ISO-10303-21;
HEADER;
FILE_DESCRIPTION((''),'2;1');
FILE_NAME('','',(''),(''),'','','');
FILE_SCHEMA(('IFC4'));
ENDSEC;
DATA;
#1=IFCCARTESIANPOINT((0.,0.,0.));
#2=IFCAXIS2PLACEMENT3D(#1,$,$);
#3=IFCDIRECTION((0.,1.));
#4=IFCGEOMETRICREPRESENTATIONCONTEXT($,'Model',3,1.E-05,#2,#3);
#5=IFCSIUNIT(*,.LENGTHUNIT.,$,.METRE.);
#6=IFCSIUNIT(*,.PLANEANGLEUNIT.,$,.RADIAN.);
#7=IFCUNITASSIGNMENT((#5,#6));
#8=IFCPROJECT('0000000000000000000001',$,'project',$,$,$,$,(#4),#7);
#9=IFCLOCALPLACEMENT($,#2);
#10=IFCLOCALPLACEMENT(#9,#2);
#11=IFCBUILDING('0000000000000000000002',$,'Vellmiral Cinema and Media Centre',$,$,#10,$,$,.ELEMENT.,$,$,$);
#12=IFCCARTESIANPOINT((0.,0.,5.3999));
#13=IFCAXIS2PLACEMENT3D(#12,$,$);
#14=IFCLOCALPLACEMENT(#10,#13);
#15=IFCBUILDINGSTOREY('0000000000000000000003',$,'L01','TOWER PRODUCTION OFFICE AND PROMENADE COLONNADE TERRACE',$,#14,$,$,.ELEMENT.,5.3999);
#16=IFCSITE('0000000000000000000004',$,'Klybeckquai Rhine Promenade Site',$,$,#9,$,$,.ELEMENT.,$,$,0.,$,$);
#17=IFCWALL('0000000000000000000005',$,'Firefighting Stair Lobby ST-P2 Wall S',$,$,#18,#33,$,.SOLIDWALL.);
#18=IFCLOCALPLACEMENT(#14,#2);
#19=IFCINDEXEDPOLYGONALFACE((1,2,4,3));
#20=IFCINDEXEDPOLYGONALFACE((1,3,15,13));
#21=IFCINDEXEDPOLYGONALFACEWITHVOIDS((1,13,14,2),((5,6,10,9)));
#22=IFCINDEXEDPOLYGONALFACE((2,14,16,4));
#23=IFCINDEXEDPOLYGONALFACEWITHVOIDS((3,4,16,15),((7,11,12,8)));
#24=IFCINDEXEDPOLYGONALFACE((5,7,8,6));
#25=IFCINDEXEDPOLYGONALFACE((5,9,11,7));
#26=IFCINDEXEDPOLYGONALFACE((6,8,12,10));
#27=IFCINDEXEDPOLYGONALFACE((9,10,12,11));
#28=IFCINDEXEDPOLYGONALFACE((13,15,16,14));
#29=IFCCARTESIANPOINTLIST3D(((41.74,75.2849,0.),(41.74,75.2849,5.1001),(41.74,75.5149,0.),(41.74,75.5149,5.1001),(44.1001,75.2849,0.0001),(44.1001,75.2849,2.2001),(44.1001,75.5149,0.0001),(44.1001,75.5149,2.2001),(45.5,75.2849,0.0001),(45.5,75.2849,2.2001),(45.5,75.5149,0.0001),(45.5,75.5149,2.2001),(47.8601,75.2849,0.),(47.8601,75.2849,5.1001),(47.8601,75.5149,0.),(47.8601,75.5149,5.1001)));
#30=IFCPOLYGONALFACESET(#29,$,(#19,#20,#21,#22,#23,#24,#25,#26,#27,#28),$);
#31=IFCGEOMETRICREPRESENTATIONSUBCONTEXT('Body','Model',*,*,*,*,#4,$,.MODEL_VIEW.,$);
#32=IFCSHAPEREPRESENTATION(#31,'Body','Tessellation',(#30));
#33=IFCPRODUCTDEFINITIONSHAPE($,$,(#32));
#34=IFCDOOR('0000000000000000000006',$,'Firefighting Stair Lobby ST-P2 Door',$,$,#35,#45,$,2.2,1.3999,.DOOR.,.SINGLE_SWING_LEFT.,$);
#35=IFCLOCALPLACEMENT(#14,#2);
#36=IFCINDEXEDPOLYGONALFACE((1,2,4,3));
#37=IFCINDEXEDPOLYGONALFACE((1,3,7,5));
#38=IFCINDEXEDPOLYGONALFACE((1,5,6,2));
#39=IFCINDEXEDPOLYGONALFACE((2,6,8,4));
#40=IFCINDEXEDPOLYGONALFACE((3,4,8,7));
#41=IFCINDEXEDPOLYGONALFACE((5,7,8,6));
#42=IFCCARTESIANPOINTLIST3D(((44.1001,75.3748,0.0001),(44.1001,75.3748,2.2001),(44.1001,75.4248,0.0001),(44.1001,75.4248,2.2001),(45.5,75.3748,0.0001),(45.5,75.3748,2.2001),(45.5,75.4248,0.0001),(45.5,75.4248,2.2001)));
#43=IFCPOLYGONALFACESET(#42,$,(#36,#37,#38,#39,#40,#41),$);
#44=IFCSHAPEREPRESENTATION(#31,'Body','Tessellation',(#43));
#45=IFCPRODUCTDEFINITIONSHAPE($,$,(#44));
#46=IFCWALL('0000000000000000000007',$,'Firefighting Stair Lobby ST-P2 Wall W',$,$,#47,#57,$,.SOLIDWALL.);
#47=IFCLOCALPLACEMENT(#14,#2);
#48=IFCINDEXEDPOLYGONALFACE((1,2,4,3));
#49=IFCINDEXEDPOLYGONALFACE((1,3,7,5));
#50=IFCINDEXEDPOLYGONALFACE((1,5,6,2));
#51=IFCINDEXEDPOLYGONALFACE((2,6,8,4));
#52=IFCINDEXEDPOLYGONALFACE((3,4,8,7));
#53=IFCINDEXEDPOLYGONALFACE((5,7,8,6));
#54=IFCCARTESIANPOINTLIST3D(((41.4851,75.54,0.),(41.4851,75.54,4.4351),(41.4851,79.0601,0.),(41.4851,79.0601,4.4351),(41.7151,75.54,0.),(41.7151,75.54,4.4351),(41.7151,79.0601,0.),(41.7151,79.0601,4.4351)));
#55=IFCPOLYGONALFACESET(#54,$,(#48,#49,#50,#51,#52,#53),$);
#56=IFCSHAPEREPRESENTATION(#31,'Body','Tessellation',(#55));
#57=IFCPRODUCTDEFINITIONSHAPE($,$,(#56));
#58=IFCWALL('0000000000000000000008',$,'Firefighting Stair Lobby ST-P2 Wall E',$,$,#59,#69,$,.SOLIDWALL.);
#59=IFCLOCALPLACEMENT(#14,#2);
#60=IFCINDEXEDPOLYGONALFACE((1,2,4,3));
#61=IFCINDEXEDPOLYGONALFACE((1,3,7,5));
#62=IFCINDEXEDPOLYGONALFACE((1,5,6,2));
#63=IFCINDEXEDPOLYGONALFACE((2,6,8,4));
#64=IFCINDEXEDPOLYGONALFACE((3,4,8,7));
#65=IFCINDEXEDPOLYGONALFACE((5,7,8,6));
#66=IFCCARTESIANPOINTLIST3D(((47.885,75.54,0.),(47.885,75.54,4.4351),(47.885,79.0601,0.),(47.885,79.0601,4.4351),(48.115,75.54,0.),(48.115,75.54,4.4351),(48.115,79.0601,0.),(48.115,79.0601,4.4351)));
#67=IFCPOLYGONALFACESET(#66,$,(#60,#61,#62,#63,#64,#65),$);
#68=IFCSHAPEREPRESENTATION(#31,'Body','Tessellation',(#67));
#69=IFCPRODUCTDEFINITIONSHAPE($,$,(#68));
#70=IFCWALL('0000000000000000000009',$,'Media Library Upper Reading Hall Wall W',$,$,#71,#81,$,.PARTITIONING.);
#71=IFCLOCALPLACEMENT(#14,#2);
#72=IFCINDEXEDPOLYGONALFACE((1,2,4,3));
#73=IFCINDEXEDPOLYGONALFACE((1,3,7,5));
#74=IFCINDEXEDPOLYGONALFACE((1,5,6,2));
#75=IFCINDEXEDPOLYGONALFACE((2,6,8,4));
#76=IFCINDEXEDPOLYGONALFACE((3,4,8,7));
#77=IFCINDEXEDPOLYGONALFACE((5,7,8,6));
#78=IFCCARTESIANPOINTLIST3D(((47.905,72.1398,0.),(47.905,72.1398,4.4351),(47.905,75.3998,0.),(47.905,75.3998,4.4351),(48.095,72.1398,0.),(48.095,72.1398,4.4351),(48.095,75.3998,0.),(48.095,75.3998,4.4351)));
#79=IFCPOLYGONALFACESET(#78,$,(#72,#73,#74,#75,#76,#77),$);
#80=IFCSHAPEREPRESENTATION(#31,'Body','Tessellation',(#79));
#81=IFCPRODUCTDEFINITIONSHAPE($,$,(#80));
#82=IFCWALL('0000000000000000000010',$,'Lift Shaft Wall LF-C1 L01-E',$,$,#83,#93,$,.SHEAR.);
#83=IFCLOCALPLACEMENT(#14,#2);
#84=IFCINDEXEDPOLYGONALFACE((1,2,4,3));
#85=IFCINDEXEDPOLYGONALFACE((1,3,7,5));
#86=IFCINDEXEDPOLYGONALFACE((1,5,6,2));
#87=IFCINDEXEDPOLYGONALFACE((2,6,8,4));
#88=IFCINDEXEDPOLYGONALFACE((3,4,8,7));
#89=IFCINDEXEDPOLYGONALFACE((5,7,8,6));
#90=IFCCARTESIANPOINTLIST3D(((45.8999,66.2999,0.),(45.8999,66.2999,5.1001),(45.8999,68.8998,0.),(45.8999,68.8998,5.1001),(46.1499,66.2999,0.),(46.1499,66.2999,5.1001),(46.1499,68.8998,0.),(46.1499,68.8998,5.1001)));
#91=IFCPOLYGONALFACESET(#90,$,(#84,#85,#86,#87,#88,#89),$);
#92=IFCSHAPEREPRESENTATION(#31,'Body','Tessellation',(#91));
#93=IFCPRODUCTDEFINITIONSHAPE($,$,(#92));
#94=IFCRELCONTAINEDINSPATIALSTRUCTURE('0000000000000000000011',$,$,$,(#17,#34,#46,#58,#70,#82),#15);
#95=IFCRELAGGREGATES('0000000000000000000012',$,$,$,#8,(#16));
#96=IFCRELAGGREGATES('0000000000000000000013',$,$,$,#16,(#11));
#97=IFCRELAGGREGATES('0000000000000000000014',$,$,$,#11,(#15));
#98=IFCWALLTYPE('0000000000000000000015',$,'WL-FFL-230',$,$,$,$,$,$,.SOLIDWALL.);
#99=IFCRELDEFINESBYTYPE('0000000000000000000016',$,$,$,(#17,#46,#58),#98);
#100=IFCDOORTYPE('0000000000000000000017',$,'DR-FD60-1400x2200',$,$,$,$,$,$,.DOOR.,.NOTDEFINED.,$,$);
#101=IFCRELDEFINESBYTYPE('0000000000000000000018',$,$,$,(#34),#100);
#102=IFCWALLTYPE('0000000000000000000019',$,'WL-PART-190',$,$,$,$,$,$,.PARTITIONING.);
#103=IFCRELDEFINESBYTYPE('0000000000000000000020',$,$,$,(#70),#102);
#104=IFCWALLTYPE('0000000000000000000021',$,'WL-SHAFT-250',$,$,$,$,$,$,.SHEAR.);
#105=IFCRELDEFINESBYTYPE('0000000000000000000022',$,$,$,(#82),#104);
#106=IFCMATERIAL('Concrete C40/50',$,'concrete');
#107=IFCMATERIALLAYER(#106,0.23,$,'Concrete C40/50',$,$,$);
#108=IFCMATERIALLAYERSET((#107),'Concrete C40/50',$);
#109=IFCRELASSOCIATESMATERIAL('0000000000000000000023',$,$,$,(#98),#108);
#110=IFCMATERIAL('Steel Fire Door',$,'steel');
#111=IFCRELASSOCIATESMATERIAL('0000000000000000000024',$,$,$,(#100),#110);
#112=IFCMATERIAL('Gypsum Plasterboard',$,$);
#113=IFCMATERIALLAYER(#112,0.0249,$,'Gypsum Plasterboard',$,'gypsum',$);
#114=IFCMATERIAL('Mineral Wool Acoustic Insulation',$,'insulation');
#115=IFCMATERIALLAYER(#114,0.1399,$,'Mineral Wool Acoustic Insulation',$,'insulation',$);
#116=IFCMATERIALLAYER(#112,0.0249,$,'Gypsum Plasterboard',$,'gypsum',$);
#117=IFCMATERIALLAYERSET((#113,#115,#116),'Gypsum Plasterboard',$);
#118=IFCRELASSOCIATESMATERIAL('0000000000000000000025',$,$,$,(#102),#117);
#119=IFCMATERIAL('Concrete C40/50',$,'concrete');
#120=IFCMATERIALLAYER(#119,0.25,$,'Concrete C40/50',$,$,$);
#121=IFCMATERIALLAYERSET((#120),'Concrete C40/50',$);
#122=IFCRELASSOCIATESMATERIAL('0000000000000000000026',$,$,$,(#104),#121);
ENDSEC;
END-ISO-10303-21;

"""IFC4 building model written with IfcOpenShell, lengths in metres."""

from ifc_helpers import new_model, si_unit, direction, frame, frame_2d, origin, place, context, subcontext, project, spatial, rectangle, extrude, material, layer, layer_set, type_object, element, fill, save


model = new_model("IFC4")

# Units and contexts
model_context = context("Model", 3, precision=1e-05, world=origin(), true_north=direction((0.0, 1.0)))
body_context = subcontext(model_context, "Body", "Model", "MODEL_VIEW")
ifc_project = project(units=[si_unit("LENGTHUNIT", "METRE"), si_unit("PLANEANGLEUNIT", "RADIAN")], contexts=[model_context])

# Site, building, storey
site_placement = place(None, origin())
site = spatial("IfcSite", under=ifc_project, at=site_placement, Name="Klybeckquai Rhine Promenade Site", CompositionType="ELEMENT", RefElevation=0.0)
building_placement = place(site_placement, origin())
building = spatial("IfcBuilding", under=site, at=building_placement, Name="Vellmiral Cinema and Media Centre", CompositionType="ELEMENT")
storey_placement = place(building_placement, frame((0.0, 0.0, 5.3999)))
storey = spatial("IfcBuildingStorey", under=building, at=storey_placement, Name="L01", Description="TOWER PRODUCTION OFFICE AND PROMENADE COLONNADE TERRACE", CompositionType="ELEMENT", Elevation=5.3999)

# Wall, opening, door
ifc_material_1 = material(Name="Concrete C40/50", Category="concrete")
ifc_layer_1 = layer(ifc_material_1, 0.23, Name="Concrete C40/50")
ifc_layer_set_1 = layer_set([ifc_layer_1], Name="Concrete C40/50")
wall_type_1 = type_object("IfcWallType", Name="WL-FFL-230", PredefinedType="SOLIDWALL", material=ifc_layer_set_1)
wall_1_placement = place(storey_placement, frame((41.74, 75.3999, 0.0), z_axis=(0.0, 0.0, 1.0), x_axis=(1.0, 0.0, 0.0)))
wall_1 = element("IfcWall", 1, at=wall_1_placement, inside=storey, type_object=wall_type_1, Name="Firefighting Stair Lobby ST-P2 Wall S", PredefinedType="SOLIDWALL", context=body_context, shape_type="SweptSolid", body=[
    extrude(rectangle(XDim=6.1201, YDim=0.23, at=frame_2d((3.0601, 0.0))), origin(), (0.0, 0.0, 1.0), 5.1001),
])
opening_1_placement = place(wall_1_placement, frame((2.3601, 0.0, 0.0)))
opening_1 = element("IfcOpeningElement", 2, at=opening_1_placement, cuts=wall_1, PredefinedType="OPENING", context=body_context, shape_type="SweptSolid", body=[
    extrude(rectangle(XDim=1.3999, YDim=2.2, at=frame_2d((0.7, 1.1001))), frame((0.0, 0.127, 0.0), z_axis=(0.0, -1.0, 0.0), x_axis=(1.0, 0.0, 0.0)), (0.0, 0.0, 1.0), 0.2539),
])
ifc_material_2 = material(Name="Steel Fire Door", Category="steel")
door_type_1 = type_object("IfcDoorType", Name="DR-FD60-1400x2200", OperationType="NOTDEFINED", PredefinedType="DOOR", material=ifc_material_2)
door_1_placement = place(opening_1_placement, origin())
door_1 = element("IfcDoor", 3, at=door_1_placement, inside=storey, type_object=door_type_1, Name="Firefighting Stair Lobby ST-P2 Door", OperationType="SINGLE_SWING_LEFT", OverallHeight=2.2, OverallWidth=1.3999, PredefinedType="DOOR", context=body_context, shape_type="SweptSolid", body=[
    extrude(rectangle(XDim=1.3999, YDim=2.2, at=frame_2d((0.7, 1.1001))), frame((0.0, 0.0249, 0.0), z_axis=(0.0, -1.0, 0.0), x_axis=(1.0, 0.0, 0.0)), (0.0, 0.0, 1.0), 0.05),
])
fill(opening_1, door_1)

# Walls
for number, where, z_axis, x_axis, name in (
    (4, (41.6001, 75.54, 0.0), (0.0, 0.0, 1.0), (0.0, 1.0, 0.0), "Firefighting Stair Lobby ST-P2 Wall W"),
    (5, (48.0, 75.54, 0.0), (0.0, 0.0, 1.0), (0.0, 1.0, 0.0), "Firefighting Stair Lobby ST-P2 Wall E"),
):
    element("IfcWall", number, at=place(storey_placement, frame(where, z_axis=z_axis, x_axis=x_axis)), inside=storey, type_object=wall_type_1, Name=name, PredefinedType="SOLIDWALL", context=body_context, shape_type="SweptSolid", body=[
        extrude(rectangle(XDim=3.52, YDim=0.23, at=frame_2d((1.76, 0.0))), origin(), (0.0, 0.0, 1.0), 4.4351),
    ])
ifc_material_3 = material(Name="Gypsum Plasterboard")
ifc_layer_2 = layer(ifc_material_3, 0.0249, Name="Gypsum Plasterboard", Category="gypsum")
ifc_material_4 = material(Name="Mineral Wool Acoustic Insulation", Category="insulation")
ifc_layer_3 = layer(ifc_material_4, 0.1399, Name="Mineral Wool Acoustic Insulation", Category="insulation")
ifc_layer_4 = layer(ifc_material_3, 0.0249, Name="Gypsum Plasterboard", Category="gypsum")
ifc_layer_set_2 = layer_set([ifc_layer_2, ifc_layer_3, ifc_layer_4], Name="Gypsum Plasterboard")
wall_type_2 = type_object("IfcWallType", Name="WL-PART-190", PredefinedType="PARTITIONING", material=ifc_layer_set_2)
wall_2_placement = place(storey_placement, frame((48.0, 72.1399, 0.0), z_axis=(0.0, 0.0, 1.0), x_axis=(0.0, 1.0, 0.0)))
element("IfcWall", 6, at=wall_2_placement, inside=storey, type_object=wall_type_2, Name="Media Library Upper Reading Hall Wall W", PredefinedType="PARTITIONING", context=body_context, shape_type="SweptSolid", body=[
    extrude(rectangle(XDim=3.26, YDim=0.1899, at=frame_2d((1.6299, 0.0))), origin(), (0.0, 0.0, 1.0), 4.4351),
])

# Shared definitions
ifc_material_5 = material(Name="Concrete C40/50", Category="concrete")
ifc_layer_5 = layer(ifc_material_5, 0.25, Name="Concrete C40/50")
ifc_layer_set_3 = layer_set([ifc_layer_5], Name="Concrete C40/50")
wall_type_3 = type_object("IfcWallType", Name="WL-SHAFT-250", PredefinedType="SHEAR", material=ifc_layer_set_3)

# Wall
wall_3_placement = place(storey_placement, frame((46.0249, 66.3, 0.0), z_axis=(0.0, 0.0, 1.0), x_axis=(0.0, 1.0, 0.0)))
element("IfcWall", 7, at=wall_3_placement, inside=storey, type_object=wall_type_3, Name="Lift Shaft Wall LF-C1 L01-E", PredefinedType="SHEAR", context=body_context, shape_type="SweptSolid", body=[
    extrude(rectangle(XDim=2.5999, YDim=0.25, at=frame_2d((1.2998, 0.0))), origin(), (0.0, 0.0, 1.0), 5.1001),
])

save(model, "model.ifc")
